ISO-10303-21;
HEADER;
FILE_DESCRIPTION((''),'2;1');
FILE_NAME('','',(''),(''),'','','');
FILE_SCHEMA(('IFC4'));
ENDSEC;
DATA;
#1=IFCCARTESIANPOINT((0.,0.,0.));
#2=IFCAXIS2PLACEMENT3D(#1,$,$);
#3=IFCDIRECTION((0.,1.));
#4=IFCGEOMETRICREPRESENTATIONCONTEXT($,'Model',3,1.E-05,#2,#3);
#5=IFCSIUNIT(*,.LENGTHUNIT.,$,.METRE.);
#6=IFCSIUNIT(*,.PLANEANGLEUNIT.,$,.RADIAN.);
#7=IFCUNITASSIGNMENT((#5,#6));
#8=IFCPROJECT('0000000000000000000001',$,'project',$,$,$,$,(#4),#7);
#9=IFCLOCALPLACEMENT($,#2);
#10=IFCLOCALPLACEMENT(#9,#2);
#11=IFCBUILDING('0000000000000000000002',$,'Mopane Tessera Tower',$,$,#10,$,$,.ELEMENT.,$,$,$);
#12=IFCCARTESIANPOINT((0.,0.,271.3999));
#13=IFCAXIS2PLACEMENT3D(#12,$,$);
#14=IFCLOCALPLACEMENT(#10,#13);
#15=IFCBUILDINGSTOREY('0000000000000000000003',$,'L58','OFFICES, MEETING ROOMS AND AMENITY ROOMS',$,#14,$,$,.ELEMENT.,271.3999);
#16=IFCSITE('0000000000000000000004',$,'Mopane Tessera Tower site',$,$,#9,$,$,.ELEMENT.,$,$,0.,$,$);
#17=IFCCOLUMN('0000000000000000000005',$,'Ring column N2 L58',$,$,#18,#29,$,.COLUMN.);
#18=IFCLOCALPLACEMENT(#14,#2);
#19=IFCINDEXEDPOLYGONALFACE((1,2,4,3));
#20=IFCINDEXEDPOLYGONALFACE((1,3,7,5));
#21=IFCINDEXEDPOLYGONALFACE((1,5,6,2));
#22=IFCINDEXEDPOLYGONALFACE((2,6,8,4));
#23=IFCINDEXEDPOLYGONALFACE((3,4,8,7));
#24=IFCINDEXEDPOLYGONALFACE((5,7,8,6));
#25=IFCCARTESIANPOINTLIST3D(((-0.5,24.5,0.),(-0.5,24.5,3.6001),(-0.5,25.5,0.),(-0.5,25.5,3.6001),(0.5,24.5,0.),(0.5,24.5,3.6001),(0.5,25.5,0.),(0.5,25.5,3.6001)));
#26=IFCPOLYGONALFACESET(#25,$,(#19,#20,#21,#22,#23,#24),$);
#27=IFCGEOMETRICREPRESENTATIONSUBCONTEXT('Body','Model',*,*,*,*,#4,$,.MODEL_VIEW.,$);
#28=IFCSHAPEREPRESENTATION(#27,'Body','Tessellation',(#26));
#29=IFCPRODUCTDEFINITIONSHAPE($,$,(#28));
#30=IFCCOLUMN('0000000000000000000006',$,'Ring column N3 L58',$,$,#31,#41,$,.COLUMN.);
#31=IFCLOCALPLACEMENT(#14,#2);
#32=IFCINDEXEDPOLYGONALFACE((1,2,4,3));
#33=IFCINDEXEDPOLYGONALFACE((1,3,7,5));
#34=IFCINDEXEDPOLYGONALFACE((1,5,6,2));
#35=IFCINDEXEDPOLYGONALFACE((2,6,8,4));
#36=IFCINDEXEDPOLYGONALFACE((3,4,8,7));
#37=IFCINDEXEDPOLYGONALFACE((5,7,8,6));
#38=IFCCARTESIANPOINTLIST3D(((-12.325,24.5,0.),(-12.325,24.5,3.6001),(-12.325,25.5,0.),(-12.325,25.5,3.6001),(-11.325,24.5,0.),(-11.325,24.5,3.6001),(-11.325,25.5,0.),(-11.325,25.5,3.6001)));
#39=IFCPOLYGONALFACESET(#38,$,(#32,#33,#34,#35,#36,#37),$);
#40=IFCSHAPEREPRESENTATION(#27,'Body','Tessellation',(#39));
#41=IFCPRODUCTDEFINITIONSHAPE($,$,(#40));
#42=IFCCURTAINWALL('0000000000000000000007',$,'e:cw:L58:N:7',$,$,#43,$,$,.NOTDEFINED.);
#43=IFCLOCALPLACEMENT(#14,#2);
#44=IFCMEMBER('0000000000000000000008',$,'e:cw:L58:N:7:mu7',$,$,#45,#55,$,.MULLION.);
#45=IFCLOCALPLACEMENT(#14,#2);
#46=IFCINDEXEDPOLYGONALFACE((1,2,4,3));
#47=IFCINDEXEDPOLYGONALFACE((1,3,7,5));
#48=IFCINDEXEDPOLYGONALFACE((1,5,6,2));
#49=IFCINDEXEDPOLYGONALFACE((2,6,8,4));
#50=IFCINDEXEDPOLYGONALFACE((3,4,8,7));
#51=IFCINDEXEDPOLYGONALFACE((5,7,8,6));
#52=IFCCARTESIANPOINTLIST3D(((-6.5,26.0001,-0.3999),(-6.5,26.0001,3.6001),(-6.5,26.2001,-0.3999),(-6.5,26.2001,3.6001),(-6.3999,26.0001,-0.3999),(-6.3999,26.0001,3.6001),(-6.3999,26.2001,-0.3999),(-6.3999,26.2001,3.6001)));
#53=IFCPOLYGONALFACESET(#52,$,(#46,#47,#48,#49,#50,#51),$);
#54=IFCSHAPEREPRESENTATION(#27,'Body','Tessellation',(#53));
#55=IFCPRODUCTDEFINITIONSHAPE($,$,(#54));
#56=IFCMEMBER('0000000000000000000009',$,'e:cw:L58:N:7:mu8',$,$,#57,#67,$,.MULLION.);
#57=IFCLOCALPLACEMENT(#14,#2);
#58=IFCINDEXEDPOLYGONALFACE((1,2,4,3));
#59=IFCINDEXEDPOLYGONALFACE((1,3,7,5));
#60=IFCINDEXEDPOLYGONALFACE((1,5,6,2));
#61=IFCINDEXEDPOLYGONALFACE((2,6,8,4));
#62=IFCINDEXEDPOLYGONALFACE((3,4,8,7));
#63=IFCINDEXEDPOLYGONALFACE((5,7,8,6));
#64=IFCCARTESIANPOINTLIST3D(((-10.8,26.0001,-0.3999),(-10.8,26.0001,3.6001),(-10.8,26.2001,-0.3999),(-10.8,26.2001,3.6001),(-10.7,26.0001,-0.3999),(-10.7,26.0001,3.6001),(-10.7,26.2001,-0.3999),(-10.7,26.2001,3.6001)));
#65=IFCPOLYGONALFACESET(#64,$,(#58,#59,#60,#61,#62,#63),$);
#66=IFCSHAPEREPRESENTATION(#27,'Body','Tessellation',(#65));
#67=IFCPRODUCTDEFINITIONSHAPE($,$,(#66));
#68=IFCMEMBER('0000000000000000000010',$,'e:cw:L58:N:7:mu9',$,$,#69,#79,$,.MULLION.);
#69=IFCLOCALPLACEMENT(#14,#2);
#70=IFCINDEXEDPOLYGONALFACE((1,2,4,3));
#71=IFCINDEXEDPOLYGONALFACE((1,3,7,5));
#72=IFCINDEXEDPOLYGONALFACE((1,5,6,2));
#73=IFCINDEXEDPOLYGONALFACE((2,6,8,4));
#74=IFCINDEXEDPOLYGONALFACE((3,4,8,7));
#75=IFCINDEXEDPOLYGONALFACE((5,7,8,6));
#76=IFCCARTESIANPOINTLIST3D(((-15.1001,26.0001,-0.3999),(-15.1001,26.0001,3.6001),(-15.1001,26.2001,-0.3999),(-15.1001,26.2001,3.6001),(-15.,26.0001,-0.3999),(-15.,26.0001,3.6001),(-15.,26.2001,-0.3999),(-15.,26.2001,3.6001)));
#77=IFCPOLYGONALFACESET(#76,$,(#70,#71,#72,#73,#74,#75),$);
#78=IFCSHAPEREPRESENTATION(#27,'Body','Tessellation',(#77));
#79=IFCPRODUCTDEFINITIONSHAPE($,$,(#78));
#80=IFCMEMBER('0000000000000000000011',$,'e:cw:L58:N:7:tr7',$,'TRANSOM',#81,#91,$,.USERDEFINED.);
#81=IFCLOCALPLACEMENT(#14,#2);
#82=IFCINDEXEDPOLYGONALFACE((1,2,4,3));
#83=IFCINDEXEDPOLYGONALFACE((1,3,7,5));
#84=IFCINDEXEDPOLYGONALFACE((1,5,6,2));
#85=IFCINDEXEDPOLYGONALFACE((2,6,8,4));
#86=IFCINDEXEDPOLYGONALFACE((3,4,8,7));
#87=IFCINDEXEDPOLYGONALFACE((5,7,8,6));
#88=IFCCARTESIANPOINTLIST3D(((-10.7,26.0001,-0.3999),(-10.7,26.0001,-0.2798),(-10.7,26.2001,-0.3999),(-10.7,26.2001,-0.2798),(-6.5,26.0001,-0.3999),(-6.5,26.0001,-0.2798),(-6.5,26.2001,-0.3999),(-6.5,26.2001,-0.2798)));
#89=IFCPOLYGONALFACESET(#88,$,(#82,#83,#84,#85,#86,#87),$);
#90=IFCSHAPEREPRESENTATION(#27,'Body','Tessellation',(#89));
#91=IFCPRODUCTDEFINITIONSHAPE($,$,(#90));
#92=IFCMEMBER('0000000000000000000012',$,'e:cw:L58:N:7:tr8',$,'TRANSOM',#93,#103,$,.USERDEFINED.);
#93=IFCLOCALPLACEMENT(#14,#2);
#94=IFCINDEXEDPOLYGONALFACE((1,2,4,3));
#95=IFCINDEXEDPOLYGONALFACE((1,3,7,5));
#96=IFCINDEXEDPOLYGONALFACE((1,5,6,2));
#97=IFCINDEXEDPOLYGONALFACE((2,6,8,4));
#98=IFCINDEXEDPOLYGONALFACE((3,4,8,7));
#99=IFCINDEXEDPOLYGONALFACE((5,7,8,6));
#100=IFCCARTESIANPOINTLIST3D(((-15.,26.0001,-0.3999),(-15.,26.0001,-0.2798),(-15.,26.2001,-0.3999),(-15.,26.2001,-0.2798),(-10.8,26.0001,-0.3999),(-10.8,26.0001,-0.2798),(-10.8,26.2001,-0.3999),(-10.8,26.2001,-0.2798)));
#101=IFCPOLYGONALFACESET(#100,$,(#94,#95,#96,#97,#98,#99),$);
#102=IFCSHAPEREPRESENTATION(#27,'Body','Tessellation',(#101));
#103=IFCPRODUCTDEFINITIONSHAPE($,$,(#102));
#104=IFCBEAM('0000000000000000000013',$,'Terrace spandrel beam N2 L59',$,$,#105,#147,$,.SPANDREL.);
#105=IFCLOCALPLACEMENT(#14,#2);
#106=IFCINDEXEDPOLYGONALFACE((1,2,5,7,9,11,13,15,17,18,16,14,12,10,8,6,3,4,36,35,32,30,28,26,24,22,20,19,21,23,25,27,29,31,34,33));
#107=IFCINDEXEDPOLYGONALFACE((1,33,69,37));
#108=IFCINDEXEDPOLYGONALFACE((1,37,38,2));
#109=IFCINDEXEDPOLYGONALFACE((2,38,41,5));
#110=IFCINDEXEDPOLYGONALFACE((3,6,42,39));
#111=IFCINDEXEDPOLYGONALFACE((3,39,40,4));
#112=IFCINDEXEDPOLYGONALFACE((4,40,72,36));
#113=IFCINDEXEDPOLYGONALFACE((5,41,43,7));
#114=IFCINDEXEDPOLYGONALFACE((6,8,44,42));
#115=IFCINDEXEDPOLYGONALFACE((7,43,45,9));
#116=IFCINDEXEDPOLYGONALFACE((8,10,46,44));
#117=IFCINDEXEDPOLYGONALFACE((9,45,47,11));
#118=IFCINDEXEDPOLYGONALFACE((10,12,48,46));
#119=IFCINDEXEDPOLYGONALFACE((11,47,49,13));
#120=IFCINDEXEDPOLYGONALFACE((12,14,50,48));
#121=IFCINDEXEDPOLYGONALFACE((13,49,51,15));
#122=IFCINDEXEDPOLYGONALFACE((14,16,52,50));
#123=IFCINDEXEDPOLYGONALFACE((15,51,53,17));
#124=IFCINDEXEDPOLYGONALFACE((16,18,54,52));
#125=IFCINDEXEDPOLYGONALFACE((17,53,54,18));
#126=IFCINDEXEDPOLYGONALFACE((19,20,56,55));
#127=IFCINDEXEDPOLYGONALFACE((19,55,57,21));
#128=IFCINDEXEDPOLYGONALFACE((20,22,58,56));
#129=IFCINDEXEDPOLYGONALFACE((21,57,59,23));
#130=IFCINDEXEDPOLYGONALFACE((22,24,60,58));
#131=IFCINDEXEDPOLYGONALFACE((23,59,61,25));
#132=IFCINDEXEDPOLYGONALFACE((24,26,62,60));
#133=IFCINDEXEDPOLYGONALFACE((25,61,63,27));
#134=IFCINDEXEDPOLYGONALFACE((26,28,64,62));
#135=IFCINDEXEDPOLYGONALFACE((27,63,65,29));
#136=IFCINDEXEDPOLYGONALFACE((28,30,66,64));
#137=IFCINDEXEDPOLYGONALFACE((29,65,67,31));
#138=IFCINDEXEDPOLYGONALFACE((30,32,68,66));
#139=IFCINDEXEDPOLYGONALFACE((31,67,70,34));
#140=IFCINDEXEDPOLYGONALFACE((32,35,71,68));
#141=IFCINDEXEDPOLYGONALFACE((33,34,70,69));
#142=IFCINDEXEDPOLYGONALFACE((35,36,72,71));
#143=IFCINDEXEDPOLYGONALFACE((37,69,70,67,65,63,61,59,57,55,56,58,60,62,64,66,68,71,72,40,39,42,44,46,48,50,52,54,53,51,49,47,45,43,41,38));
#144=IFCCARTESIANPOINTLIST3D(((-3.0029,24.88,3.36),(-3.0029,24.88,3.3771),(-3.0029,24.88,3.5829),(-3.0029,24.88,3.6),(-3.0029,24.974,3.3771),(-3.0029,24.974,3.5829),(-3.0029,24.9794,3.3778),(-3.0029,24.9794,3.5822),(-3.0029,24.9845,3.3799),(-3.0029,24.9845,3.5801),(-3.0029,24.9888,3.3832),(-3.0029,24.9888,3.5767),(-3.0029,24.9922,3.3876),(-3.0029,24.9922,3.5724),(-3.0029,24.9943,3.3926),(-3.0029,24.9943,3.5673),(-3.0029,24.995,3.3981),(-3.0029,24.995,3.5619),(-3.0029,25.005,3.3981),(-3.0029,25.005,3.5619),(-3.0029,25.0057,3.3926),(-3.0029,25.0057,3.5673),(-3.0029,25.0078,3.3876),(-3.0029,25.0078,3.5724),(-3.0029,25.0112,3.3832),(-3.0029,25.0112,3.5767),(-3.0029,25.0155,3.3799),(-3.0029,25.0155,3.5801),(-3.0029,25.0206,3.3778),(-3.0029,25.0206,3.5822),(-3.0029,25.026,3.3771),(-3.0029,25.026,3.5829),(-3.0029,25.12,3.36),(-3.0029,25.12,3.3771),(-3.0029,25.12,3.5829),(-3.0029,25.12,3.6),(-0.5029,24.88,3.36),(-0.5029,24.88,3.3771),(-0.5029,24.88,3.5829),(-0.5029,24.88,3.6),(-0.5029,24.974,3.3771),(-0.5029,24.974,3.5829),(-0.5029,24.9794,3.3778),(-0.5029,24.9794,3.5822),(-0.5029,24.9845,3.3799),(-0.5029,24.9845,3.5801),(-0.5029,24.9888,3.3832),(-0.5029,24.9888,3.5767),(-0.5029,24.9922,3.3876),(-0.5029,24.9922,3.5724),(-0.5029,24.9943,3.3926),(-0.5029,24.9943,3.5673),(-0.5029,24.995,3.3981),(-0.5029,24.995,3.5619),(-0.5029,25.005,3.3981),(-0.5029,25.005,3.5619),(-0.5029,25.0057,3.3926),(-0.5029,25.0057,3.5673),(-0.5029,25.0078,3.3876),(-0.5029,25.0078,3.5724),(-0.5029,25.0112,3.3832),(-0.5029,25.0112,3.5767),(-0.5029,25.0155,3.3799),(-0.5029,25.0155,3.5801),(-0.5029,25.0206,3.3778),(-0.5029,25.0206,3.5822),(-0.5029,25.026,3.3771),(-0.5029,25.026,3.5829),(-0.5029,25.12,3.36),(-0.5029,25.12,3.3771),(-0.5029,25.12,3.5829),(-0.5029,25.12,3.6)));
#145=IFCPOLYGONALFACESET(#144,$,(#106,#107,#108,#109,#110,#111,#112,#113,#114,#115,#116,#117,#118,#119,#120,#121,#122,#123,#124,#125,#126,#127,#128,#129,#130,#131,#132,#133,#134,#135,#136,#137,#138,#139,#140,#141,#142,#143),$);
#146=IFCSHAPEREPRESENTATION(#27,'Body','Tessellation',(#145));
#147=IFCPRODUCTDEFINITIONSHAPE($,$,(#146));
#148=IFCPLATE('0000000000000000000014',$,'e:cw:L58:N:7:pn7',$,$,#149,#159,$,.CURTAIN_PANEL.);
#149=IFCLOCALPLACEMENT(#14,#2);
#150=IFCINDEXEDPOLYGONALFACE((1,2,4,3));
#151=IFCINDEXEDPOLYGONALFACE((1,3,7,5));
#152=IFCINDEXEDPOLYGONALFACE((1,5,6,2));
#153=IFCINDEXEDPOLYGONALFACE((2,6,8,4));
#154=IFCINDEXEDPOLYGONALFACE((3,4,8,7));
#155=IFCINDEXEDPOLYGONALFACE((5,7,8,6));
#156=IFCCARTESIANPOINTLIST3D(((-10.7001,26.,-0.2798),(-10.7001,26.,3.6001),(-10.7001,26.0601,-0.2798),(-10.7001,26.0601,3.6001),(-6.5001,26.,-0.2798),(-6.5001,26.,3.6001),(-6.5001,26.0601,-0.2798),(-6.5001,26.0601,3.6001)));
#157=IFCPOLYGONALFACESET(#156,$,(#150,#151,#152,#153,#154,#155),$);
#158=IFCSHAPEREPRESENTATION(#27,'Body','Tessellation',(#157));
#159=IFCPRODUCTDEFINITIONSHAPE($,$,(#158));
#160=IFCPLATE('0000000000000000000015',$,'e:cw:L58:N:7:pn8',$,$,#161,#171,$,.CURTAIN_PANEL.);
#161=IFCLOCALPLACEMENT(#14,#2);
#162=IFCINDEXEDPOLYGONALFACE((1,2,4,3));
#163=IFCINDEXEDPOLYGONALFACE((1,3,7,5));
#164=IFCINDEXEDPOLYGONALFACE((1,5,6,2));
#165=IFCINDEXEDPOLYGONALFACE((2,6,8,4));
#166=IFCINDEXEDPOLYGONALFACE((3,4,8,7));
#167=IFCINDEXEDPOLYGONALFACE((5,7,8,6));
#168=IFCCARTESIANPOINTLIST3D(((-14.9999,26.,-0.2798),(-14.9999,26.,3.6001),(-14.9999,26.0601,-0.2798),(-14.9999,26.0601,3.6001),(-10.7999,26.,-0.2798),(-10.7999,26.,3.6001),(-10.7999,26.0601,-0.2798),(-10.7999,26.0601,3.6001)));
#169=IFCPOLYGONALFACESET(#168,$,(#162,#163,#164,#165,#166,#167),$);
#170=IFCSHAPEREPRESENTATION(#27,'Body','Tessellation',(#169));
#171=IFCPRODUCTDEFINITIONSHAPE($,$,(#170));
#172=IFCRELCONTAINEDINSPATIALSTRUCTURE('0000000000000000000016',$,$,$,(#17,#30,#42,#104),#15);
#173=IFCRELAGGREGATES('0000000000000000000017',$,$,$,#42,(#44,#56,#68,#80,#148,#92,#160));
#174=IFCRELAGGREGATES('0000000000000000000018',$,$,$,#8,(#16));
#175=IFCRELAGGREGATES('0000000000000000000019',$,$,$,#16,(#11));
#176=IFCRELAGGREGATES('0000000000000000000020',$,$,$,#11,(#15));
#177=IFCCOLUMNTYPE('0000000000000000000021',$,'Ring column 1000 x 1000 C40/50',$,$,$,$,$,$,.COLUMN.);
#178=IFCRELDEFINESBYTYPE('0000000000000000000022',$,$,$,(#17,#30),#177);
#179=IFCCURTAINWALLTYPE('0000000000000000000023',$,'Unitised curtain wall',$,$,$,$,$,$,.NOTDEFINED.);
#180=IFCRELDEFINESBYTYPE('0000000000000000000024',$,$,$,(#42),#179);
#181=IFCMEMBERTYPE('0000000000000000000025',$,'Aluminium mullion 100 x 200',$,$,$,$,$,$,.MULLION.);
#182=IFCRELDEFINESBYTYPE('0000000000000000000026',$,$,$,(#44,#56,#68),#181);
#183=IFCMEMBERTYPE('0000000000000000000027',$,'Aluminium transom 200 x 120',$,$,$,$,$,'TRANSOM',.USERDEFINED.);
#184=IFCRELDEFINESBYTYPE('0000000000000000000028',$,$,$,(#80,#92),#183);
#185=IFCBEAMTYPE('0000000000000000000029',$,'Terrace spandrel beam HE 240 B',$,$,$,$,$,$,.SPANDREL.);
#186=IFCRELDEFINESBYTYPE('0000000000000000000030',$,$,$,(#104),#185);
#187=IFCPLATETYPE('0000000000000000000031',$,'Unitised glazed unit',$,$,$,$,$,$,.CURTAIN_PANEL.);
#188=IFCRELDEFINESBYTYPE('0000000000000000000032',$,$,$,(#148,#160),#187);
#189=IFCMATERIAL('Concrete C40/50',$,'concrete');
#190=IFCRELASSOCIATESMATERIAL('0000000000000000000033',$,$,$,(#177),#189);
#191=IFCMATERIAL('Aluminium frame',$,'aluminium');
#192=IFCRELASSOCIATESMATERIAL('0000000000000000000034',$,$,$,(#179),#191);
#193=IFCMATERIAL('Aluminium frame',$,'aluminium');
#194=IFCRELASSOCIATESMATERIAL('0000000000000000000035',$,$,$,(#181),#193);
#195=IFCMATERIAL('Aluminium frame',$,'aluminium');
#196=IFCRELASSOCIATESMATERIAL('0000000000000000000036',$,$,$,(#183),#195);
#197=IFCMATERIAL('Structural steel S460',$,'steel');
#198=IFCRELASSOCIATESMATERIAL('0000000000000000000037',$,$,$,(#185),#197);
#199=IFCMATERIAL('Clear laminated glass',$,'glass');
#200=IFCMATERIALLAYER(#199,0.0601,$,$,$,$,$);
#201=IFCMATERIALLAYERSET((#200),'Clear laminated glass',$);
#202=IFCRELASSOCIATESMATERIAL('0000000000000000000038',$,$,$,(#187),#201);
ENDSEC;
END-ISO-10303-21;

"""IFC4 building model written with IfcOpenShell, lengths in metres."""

from ifc_helpers import new_model, si_unit, direction, frame, origin, origin_2d, place, context, subcontext, project, spatial, rectangle, i_section, extrude, material, layer, layer_set, material_profile, profile_set, type_object, element, aggregate, save


model = new_model("IFC4")

# Units and contexts
model_context = context("Model", 3, precision=1e-05, world=origin(), true_north=direction((0.0, 1.0)))
body_context = subcontext(model_context, "Body", "Model", "MODEL_VIEW")
ifc_project = project(units=[si_unit("LENGTHUNIT", "METRE"), si_unit("PLANEANGLEUNIT", "RADIAN")], contexts=[model_context])

# Site, building, storey
site_placement = place(None, origin())
site = spatial("IfcSite", under=ifc_project, at=site_placement, Name="Mopane Tessera Tower site", CompositionType="ELEMENT", RefElevation=0.0)
building_placement = place(site_placement, origin())
building = spatial("IfcBuilding", under=site, at=building_placement, Name="Mopane Tessera Tower", CompositionType="ELEMENT")
storey_placement = place(building_placement, frame((0.0, 0.0, 271.3999)))
storey = spatial("IfcBuildingStorey", under=building, at=storey_placement, Name="L58", Description="OFFICES, MEETING ROOMS AND AMENITY ROOMS", CompositionType="ELEMENT", Elevation=271.3999)

# Columns
ifc_material_1 = material(Name="Concrete C40/50", Category="concrete")
ifc_material_profile_1 = material_profile(ifc_material_1, rectangle(XDim=1.0, YDim=1.0, at=origin_2d()))
ifc_profile_set_1 = profile_set([ifc_material_profile_1], Name="Concrete C40/50")
column_type = type_object("IfcColumnType", Name="Ring column 1000 x 1000 C40/50", PredefinedType="COLUMN", material=ifc_profile_set_1)
for number, where, z_axis, x_axis, name in (
    (1, (0.0, 25.0, 0.0), (0.0, 0.0, 1.0), (1.0, 0.0, 0.0), "Ring column N2 L58"),
    (2, (-11.825, 25.0, 0.0), (0.0, 0.0, 1.0), (1.0, 0.0, 0.0), "Ring column N3 L58"),
):
    element("IfcColumn", number, at=place(storey_placement, frame(where, z_axis=z_axis, x_axis=x_axis)), inside=storey, type_object=column_type, Name=name, PredefinedType="COLUMN", context=body_context, shape_type="SweptSolid", body=[
        extrude(rectangle(XDim=1.0, YDim=1.0, at=origin_2d()), origin(), (0.0, 0.0, 1.0), 3.6001),
    ])

# Curtain wall, members
ifc_material_2 = material(Name="Aluminium frame", Category="aluminium")
curtain_wall_type = type_object("IfcCurtainWallType", Name="Unitised curtain wall", PredefinedType="NOTDEFINED", material=ifc_material_2)
curtain_wall_placement = place(storey_placement, origin())
curtain_wall = element("IfcCurtainWall", 3, at=curtain_wall_placement, inside=storey, type_object=curtain_wall_type, Name="e:cw:L58:N:7", PredefinedType="NOTDEFINED")
ifc_material_3 = material(Name="Aluminium frame", Category="aluminium")
ifc_material_profile_2 = material_profile(ifc_material_3, rectangle(XDim=0.1001, YDim=0.2, at=origin_2d()))
ifc_profile_set_2 = profile_set([ifc_material_profile_2], Name="Aluminium frame")
member_type_1 = type_object("IfcMemberType", Name="Aluminium mullion 100 x 200", PredefinedType="MULLION", material=ifc_profile_set_2)
member_1_placement = place(storey_placement, frame((-6.45, 26.1001, -0.3999), z_axis=(0.0, 0.0, 1.0), x_axis=(-1.0, 0.0, 0.0)))
member_1 = element("IfcMember", 4, at=member_1_placement, type_object=member_type_1, Name="e:cw:L58:N:7:mu7", PredefinedType="MULLION", context=body_context, shape_type="SweptSolid", body=[
    extrude(rectangle(XDim=0.1001, YDim=0.2, at=origin_2d()), origin(), (0.0, 0.0, 1.0), 4.0),
])
member_2_placement = place(storey_placement, frame((-10.75, 26.1001, -0.3999), z_axis=(0.0, 0.0, 1.0), x_axis=(-1.0, 0.0, 0.0)))
member_2 = element("IfcMember", 5, at=member_2_placement, type_object=member_type_1, Name="e:cw:L58:N:7:mu8", PredefinedType="MULLION", context=body_context, shape_type="SweptSolid", body=[
    extrude(rectangle(XDim=0.1001, YDim=0.2, at=origin_2d()), origin(), (0.0, 0.0, 1.0), 4.0),
])
member_3_placement = place(storey_placement, frame((-15.05, 26.1001, -0.3999), z_axis=(0.0, 0.0, 1.0), x_axis=(-1.0, 0.0, 0.0)))
member_3 = element("IfcMember", 6, at=member_3_placement, type_object=member_type_1, Name="e:cw:L58:N:7:mu9", PredefinedType="MULLION", context=body_context, shape_type="SweptSolid", body=[
    extrude(rectangle(XDim=0.1001, YDim=0.2, at=origin_2d()), origin(), (0.0, 0.0, 1.0), 4.0),
])
ifc_material_4 = material(Name="Aluminium frame", Category="aluminium")
ifc_material_profile_3 = material_profile(ifc_material_4, rectangle(XDim=0.2, YDim=0.1201, at=origin_2d()))
ifc_profile_set_3 = profile_set([ifc_material_profile_3], Name="Aluminium frame")
member_type_2 = type_object("IfcMemberType", Name="Aluminium transom 200 x 120", ElementType="TRANSOM", PredefinedType="USERDEFINED", material=ifc_profile_set_3)
member_4_placement = place(storey_placement, frame((-6.5, 26.1001, -0.3398), z_axis=(-1.0, 0.0, 0.0), x_axis=(0.0, -1.0, 0.0)))
member_4 = element("IfcMember", 7, at=member_4_placement, type_object=member_type_2, Name="e:cw:L58:N:7:tr7", ObjectType="TRANSOM", PredefinedType="USERDEFINED", context=body_context, shape_type="SweptSolid", body=[
    extrude(rectangle(XDim=0.2, YDim=0.1201, at=origin_2d()), origin(), (0.0, 0.0, 1.0), 4.2),
])
member_5_placement = place(storey_placement, frame((-10.8, 26.1001, -0.3398), z_axis=(-1.0, 0.0, 0.0), x_axis=(0.0, -1.0, 0.0)))
member_5 = element("IfcMember", 8, at=member_5_placement, type_object=member_type_2, Name="e:cw:L58:N:7:tr8", ObjectType="TRANSOM", PredefinedType="USERDEFINED", context=body_context, shape_type="SweptSolid", body=[
    extrude(rectangle(XDim=0.2, YDim=0.1201, at=origin_2d()), origin(), (0.0, 0.0, 1.0), 4.2),
])

# Beam
ifc_material_5 = material(Name="Structural steel S460", Category="steel")
ifc_material_profile_4 = material_profile(ifc_material_5, i_section(OverallWidth=0.24, OverallDepth=0.24, WebThickness=0.01, FlangeThickness=0.0171, FilletRadius=0.021, at=origin_2d()))
ifc_profile_set_4 = profile_set([ifc_material_profile_4], Name="Structural steel S460")
beam_type = type_object("IfcBeamType", Name="Terrace spandrel beam HE 240 B", PredefinedType="SPANDREL", material=ifc_profile_set_4)
beam_placement = place(storey_placement, frame((-0.5029, 25.0, 3.48), z_axis=(-1.0, 0.0, 0.0), x_axis=(0.0, -1.0, 0.0)))
element("IfcBeam", 9, at=beam_placement, inside=storey, type_object=beam_type, Name="Terrace spandrel beam N2 L59", PredefinedType="SPANDREL", context=body_context, shape_type="SweptSolid", body=[
    extrude(i_section(OverallWidth=0.24, OverallDepth=0.24, WebThickness=0.01, FlangeThickness=0.0171, FilletRadius=0.021, at=origin_2d()), origin(), (0.0, 0.0, 1.0), 2.5),
])

# Plates
ifc_material_6 = material(Name="Clear laminated glass", Category="glass")
ifc_layer_1 = layer(ifc_material_6, 0.0601)
ifc_layer_set_1 = layer_set([ifc_layer_1], Name="Clear laminated glass")
plate_type = type_object("IfcPlateType", Name="Unitised glazed unit", PredefinedType="CURTAIN_PANEL", material=ifc_layer_set_1)
plate_1_placement = place(storey_placement, frame((-8.6001, 26.03, -0.2798), z_axis=(0.0, 0.0, 1.0), x_axis=(-1.0, 0.0, 0.0)))
plate_1 = element("IfcPlate", 10, at=plate_1_placement, type_object=plate_type, Name="e:cw:L58:N:7:pn7", PredefinedType="CURTAIN_PANEL", context=body_context, shape_type="SweptSolid", body=[
    extrude(rectangle(XDim=4.2, YDim=0.0601, at=origin_2d()), origin(), (0.0, 0.0, 1.0), 3.8799),
])
plate_2_placement = place(storey_placement, frame((-12.8999, 26.03, -0.2798), z_axis=(0.0, 0.0, 1.0), x_axis=(-1.0, 0.0, 0.0)))
plate_2 = element("IfcPlate", 11, at=plate_2_placement, type_object=plate_type, Name="e:cw:L58:N:7:pn8", PredefinedType="CURTAIN_PANEL", context=body_context, shape_type="SweptSolid", body=[
    extrude(rectangle(XDim=4.2, YDim=0.0601, at=origin_2d()), origin(), (0.0, 0.0, 1.0), 3.8799),
])
aggregate(curtain_wall, [member_1, member_2, member_3, member_4, plate_1, member_5, plate_2])

save(model, "model.ifc")
